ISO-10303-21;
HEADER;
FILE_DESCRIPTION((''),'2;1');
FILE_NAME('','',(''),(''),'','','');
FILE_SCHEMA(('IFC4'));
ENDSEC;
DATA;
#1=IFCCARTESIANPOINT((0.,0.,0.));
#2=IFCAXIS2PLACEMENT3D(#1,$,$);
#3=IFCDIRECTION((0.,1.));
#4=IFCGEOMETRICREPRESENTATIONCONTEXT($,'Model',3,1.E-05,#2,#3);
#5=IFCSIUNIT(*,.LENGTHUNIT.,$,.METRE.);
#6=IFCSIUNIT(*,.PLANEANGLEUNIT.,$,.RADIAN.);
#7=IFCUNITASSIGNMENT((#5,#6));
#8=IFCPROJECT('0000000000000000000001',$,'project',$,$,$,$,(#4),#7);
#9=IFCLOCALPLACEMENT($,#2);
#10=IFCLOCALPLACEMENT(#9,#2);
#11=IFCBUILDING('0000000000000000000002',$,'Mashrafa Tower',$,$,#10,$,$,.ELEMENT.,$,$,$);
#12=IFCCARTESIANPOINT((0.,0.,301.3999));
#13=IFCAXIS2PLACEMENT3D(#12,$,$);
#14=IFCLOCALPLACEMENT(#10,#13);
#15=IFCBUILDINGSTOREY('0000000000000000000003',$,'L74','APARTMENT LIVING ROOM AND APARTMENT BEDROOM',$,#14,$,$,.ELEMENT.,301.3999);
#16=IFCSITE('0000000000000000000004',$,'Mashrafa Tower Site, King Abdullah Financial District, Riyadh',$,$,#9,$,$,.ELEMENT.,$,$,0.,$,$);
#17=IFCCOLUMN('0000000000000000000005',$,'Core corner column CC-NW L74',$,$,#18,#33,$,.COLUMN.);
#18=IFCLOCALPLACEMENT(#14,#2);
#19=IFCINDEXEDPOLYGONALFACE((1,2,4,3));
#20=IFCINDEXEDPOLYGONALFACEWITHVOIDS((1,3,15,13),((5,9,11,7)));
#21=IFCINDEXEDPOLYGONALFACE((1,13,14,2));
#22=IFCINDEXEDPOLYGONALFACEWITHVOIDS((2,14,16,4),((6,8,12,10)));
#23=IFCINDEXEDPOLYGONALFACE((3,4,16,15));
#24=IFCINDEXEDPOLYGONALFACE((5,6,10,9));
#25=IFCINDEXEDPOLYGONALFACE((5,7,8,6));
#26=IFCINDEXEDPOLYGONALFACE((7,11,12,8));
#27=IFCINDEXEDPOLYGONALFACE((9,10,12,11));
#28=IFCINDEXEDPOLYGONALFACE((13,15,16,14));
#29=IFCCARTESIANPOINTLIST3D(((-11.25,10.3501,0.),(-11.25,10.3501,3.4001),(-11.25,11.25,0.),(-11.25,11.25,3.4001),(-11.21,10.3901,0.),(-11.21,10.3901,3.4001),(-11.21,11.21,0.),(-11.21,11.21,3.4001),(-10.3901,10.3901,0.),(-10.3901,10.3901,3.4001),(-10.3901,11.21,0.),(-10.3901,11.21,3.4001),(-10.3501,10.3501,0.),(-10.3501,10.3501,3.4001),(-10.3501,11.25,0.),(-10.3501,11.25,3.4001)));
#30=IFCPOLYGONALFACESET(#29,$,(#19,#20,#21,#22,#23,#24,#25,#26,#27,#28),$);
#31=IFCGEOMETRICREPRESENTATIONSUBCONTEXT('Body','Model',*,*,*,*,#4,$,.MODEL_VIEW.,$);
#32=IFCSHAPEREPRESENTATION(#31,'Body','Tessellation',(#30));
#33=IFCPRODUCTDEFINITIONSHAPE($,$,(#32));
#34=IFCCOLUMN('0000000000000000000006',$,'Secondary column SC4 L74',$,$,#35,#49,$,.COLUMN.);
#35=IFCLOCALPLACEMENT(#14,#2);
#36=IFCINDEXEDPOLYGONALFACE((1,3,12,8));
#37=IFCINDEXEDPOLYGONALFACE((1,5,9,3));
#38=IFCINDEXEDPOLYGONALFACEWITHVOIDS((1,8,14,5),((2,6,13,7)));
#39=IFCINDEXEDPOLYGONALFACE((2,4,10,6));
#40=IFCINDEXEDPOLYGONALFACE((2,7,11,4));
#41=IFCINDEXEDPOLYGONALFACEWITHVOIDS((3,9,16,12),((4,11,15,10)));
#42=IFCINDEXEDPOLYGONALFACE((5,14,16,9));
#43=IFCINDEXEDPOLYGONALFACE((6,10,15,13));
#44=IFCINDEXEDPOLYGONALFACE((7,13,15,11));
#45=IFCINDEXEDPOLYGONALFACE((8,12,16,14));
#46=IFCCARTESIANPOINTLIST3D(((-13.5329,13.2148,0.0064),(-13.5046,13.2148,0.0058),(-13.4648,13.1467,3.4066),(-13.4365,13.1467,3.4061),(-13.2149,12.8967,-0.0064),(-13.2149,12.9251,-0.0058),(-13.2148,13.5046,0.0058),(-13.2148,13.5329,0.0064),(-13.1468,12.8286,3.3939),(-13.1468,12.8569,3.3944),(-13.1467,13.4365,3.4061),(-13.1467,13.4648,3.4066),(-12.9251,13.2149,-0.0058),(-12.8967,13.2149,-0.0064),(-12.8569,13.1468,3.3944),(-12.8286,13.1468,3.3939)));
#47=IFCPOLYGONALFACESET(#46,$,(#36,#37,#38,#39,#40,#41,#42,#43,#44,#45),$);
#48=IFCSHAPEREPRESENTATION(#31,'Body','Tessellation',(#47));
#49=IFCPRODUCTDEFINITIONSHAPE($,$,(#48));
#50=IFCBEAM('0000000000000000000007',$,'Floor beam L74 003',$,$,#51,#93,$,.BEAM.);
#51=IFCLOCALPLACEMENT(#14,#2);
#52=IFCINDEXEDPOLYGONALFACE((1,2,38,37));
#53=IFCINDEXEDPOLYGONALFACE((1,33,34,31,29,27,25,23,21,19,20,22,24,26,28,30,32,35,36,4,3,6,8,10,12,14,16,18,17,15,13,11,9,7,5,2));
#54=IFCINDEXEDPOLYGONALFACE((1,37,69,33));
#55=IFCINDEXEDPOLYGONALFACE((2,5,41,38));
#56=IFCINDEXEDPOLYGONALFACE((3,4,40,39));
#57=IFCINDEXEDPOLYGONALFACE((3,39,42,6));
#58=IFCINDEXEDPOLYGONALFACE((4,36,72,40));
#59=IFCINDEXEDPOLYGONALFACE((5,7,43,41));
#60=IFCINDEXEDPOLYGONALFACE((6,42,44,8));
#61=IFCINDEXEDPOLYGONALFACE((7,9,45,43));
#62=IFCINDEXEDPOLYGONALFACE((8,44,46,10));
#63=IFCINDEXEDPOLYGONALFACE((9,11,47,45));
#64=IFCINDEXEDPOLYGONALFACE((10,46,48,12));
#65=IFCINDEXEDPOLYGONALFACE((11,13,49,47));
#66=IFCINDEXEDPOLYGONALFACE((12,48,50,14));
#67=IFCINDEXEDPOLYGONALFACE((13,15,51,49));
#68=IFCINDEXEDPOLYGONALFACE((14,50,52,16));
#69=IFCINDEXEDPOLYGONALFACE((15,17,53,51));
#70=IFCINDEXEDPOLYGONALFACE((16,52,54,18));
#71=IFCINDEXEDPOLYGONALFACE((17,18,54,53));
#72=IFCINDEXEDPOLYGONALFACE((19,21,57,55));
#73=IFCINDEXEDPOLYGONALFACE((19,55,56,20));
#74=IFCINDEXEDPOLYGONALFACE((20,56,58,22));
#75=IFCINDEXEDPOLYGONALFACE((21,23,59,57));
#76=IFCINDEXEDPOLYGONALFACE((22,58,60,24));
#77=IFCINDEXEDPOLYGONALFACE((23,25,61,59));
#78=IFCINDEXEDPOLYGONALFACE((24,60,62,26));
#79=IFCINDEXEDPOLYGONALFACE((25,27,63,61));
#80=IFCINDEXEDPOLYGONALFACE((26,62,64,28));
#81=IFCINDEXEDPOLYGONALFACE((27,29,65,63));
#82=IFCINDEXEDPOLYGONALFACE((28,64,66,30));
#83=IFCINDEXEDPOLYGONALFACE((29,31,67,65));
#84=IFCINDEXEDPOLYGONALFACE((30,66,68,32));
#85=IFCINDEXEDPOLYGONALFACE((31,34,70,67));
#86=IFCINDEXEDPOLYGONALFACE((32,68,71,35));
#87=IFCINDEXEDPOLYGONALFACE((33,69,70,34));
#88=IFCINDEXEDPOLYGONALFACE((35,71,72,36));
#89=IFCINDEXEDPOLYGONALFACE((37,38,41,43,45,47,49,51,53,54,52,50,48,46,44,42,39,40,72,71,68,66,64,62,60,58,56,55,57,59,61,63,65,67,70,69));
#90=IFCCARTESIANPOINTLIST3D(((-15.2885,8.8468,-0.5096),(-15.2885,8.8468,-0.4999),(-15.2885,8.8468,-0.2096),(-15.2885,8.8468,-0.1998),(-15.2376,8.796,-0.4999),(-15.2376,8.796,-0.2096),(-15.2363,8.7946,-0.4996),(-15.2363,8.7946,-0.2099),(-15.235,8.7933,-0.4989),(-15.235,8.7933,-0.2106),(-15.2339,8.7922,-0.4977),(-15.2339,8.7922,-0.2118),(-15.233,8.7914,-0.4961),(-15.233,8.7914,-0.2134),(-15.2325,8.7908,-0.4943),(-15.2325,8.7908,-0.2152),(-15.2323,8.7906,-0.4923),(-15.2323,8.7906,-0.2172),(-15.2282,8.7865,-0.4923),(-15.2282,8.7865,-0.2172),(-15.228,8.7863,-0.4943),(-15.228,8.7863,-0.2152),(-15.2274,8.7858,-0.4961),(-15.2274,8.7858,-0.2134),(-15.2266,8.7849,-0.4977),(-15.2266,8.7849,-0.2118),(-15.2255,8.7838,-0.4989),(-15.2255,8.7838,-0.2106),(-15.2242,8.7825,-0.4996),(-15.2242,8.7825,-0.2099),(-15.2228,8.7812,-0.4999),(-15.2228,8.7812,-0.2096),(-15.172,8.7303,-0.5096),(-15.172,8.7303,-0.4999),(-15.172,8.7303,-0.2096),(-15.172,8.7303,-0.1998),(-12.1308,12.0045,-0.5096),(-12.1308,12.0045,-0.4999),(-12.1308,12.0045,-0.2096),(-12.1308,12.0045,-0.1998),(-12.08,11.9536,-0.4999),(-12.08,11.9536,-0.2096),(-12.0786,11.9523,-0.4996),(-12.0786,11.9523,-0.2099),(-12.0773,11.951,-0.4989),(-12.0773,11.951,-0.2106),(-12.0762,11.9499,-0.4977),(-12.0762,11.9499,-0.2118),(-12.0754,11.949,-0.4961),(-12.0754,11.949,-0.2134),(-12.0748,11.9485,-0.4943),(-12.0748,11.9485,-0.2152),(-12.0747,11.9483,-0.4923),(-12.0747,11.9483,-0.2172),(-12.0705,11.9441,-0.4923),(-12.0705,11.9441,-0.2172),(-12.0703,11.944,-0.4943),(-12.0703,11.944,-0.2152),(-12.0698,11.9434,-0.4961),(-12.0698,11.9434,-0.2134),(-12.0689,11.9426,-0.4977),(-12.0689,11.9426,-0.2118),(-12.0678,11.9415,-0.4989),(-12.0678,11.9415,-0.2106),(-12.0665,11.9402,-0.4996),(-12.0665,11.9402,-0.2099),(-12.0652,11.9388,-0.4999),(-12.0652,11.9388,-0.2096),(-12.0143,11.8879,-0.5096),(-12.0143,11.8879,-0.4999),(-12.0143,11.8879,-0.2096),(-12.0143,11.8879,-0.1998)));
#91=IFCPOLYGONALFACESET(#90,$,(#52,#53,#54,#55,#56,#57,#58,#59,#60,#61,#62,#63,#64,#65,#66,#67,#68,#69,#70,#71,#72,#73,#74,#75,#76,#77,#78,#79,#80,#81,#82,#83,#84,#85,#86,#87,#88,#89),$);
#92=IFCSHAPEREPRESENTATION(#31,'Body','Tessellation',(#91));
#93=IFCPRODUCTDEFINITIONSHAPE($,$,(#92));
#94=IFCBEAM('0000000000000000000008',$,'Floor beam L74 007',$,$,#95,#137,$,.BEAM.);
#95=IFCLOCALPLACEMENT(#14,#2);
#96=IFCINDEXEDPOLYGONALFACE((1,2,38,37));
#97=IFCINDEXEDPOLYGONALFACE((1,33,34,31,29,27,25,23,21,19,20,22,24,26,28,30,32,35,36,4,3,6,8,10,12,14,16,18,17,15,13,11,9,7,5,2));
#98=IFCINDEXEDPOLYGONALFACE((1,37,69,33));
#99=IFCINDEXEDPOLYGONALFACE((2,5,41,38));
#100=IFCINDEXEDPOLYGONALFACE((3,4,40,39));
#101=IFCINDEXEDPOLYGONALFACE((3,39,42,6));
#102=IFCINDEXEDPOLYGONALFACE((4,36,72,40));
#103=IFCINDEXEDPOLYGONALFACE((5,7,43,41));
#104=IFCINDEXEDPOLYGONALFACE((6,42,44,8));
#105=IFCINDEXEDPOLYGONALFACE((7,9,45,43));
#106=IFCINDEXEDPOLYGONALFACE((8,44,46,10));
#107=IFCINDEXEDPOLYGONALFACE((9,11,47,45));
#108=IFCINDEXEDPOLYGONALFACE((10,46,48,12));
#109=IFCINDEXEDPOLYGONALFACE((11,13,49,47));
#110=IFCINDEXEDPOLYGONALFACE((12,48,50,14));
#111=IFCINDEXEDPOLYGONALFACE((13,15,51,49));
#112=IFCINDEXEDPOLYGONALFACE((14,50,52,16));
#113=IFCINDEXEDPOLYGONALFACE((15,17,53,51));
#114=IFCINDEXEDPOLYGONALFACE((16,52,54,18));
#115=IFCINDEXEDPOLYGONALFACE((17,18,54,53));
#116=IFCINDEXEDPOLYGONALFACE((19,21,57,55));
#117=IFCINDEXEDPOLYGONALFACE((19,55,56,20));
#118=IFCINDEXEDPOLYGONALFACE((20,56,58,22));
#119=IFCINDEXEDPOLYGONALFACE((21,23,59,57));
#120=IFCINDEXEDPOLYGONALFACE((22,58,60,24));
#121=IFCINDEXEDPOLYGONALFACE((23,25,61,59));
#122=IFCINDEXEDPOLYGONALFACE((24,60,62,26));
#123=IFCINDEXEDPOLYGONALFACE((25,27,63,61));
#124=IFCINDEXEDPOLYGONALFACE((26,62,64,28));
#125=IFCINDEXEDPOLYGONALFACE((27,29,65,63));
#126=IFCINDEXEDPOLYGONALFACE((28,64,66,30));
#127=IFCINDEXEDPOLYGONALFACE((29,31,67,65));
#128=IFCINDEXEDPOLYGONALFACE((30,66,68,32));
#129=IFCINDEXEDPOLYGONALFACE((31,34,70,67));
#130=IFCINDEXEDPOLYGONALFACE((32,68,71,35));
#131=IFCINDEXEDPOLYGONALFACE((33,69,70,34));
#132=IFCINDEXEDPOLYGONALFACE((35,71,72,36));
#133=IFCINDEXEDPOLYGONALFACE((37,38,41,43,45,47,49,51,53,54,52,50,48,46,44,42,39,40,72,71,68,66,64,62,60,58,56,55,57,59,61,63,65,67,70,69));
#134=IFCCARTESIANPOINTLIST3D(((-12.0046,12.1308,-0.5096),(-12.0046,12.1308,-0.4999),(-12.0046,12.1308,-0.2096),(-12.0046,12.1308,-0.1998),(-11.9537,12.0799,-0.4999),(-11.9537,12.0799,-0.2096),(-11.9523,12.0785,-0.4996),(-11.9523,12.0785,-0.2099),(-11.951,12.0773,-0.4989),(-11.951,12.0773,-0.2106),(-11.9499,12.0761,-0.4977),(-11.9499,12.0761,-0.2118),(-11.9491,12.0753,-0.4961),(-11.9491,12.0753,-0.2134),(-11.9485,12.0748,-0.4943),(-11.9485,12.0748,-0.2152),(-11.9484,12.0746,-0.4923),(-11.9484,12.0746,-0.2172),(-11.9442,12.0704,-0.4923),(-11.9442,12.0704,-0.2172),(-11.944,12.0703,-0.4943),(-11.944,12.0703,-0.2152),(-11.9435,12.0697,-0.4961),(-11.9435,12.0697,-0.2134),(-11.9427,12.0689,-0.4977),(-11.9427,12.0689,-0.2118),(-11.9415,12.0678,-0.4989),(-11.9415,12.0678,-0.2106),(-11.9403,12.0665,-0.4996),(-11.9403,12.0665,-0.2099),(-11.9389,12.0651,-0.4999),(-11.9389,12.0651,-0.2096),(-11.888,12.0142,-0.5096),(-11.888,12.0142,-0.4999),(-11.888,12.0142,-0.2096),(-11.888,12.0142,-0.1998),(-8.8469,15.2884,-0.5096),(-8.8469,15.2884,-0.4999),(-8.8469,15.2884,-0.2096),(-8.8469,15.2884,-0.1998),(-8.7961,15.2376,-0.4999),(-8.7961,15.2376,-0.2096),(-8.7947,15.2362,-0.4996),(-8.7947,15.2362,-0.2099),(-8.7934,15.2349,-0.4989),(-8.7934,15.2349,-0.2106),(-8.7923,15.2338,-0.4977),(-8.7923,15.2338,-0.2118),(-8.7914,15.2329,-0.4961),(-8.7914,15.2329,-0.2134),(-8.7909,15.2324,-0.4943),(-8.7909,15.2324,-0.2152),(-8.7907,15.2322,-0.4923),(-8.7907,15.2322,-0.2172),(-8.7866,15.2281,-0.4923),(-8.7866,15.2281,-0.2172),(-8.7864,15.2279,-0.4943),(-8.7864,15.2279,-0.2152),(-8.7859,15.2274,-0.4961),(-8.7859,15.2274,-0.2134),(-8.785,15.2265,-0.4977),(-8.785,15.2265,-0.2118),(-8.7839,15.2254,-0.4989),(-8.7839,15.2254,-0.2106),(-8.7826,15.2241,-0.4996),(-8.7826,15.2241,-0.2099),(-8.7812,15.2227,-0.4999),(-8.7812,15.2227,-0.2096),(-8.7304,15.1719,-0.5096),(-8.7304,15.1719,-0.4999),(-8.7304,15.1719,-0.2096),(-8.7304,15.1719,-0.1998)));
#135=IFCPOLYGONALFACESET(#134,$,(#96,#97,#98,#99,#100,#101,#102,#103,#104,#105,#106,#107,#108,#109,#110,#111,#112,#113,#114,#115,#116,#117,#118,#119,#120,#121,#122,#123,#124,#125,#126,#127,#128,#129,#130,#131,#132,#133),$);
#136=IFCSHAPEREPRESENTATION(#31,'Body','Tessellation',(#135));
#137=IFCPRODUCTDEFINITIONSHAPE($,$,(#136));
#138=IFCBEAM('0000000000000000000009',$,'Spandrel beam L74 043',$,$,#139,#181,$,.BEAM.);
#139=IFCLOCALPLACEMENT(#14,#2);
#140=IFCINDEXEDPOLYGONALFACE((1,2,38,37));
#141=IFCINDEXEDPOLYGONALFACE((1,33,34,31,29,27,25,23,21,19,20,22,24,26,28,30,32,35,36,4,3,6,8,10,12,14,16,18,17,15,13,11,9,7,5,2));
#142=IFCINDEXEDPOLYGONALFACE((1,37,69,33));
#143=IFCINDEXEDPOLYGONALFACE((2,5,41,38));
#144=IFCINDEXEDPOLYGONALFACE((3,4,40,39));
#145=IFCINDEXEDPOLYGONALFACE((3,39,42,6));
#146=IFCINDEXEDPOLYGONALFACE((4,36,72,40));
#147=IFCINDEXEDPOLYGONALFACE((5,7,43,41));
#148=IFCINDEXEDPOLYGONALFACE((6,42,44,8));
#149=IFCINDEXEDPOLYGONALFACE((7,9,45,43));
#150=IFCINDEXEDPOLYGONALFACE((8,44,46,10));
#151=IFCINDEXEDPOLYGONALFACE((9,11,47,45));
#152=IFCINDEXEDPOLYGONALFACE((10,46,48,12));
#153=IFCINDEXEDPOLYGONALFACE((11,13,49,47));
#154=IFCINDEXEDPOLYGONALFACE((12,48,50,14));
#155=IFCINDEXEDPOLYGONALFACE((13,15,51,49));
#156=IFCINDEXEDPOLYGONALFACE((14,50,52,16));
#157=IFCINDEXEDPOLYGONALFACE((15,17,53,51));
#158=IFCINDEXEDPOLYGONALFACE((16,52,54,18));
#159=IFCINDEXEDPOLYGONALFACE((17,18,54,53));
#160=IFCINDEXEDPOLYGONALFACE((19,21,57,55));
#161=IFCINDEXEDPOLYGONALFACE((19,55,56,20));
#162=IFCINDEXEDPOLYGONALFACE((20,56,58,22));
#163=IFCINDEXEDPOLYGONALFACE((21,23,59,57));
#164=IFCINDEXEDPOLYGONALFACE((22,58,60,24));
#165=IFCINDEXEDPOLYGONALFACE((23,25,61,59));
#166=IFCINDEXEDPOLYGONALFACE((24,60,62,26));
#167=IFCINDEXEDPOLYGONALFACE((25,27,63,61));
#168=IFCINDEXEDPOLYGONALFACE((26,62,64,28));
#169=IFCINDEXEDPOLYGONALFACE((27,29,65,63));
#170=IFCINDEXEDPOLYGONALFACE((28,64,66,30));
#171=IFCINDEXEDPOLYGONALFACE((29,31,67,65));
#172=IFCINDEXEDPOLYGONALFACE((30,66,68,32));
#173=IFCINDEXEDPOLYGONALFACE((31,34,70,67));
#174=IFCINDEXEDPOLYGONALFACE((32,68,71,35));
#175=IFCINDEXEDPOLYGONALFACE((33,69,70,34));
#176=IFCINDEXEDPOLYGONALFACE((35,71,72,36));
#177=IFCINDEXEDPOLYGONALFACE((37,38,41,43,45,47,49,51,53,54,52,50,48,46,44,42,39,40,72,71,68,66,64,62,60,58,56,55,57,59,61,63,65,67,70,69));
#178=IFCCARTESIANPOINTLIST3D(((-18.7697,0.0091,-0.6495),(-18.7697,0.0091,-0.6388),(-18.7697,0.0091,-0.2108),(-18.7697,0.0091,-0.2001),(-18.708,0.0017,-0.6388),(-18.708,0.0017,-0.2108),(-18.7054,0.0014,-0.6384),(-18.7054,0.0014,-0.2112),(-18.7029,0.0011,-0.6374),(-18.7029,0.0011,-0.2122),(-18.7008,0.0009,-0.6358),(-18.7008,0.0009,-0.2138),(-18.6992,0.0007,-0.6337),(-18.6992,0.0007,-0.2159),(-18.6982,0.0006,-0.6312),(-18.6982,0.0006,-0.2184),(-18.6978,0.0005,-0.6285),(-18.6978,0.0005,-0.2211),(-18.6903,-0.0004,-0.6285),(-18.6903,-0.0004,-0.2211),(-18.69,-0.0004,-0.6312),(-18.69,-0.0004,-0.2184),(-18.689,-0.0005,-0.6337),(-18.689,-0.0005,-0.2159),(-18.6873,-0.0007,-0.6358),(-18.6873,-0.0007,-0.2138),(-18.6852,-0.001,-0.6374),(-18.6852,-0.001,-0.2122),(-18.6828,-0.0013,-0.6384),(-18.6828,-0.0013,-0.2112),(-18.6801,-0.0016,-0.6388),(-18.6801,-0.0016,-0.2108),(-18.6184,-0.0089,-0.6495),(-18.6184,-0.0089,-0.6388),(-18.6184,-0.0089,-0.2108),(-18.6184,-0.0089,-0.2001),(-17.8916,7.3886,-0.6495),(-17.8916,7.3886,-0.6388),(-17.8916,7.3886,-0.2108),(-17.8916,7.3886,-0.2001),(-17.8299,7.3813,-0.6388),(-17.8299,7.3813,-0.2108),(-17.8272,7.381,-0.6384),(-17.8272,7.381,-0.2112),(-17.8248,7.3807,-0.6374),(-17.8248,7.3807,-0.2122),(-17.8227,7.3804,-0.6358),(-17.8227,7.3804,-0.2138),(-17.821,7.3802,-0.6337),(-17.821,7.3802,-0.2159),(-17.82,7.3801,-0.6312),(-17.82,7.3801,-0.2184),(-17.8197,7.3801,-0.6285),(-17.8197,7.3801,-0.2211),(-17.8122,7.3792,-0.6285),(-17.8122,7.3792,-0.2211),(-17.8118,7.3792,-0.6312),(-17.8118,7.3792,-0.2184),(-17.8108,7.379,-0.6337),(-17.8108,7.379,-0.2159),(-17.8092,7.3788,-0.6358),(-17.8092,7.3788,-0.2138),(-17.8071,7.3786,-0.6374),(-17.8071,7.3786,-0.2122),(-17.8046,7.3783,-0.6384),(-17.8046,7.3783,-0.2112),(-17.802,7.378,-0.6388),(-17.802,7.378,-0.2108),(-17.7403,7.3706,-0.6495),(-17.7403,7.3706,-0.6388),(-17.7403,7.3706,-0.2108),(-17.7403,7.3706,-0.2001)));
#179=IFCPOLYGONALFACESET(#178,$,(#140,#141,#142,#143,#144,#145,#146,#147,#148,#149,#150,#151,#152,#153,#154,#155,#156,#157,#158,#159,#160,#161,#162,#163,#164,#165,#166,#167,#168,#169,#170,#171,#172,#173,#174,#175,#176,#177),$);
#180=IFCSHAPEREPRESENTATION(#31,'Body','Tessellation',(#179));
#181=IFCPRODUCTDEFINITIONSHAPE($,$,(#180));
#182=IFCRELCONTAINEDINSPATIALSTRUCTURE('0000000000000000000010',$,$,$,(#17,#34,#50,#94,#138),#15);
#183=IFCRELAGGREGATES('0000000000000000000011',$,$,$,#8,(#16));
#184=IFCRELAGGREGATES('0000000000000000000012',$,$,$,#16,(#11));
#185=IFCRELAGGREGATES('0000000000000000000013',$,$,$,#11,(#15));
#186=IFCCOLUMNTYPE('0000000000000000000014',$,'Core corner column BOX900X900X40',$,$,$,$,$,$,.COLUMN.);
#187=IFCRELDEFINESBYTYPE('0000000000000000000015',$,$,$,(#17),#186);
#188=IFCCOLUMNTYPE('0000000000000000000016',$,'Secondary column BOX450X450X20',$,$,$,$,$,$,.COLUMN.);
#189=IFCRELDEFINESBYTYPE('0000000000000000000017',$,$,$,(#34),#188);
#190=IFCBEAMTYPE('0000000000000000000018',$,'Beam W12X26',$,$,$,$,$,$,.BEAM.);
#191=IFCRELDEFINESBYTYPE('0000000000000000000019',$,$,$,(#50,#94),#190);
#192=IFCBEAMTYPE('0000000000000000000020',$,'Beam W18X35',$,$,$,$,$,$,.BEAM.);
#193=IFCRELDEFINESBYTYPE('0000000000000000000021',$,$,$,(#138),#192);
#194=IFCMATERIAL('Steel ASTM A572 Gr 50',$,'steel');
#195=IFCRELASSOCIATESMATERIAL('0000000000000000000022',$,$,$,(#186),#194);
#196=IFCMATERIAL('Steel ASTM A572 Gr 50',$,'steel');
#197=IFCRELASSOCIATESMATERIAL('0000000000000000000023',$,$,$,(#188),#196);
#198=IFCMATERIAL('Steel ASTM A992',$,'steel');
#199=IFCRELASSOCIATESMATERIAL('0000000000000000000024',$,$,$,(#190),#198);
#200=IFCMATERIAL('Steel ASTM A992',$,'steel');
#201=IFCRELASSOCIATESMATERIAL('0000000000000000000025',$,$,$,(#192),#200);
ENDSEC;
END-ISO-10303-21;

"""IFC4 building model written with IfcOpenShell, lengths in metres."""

from ifc_helpers import new_model, si_unit, direction, frame, origin, origin_2d, place, context, subcontext, project, spatial, hollow_rectangle, i_section, extrude, material, material_profile, profile_set, type_object, element, save


model = new_model("IFC4")

# Units and contexts
model_context = context("Model", 3, precision=1e-05, world=origin(), true_north=direction((0.0, 1.0)))
body_context = subcontext(model_context, "Body", "Model", "MODEL_VIEW")
ifc_project = project(units=[si_unit("LENGTHUNIT", "METRE"), si_unit("PLANEANGLEUNIT", "RADIAN")], contexts=[model_context])

# Site, building, storey
site_placement = place(None, origin())
site = spatial("IfcSite", under=ifc_project, at=site_placement, Name="Mashrafa Tower Site, King Abdullah Financial District, Riyadh", CompositionType="ELEMENT", RefElevation=0.0)
building_placement = place(site_placement, origin())
building = spatial("IfcBuilding", under=site, at=building_placement, Name="Mashrafa Tower", CompositionType="ELEMENT")
storey_placement = place(building_placement, frame((0.0, 0.0, 301.3999)))
storey = spatial("IfcBuildingStorey", under=building, at=storey_placement, Name="L74", Description="APARTMENT LIVING ROOM AND APARTMENT BEDROOM", CompositionType="ELEMENT", Elevation=301.3999)

# Columns
ifc_material_1 = material(Name="Steel ASTM A572 Gr 50", Category="steel")
ifc_material_profile_1 = material_profile(ifc_material_1, hollow_rectangle(XDim=0.8999, YDim=0.8999, WallThickness=0.04, at=origin_2d()), Name="BOX900X900X40")
ifc_profile_set_1 = profile_set([ifc_material_profile_1], Name="Steel ASTM A572 Gr 50")
column_type_1 = type_object("IfcColumnType", Name="Core corner column BOX900X900X40", PredefinedType="COLUMN", material=ifc_profile_set_1)
column_1_placement = place(storey_placement, frame((-10.8, 10.8, 0.0), z_axis=(0.0, 0.0, 1.0), x_axis=(1.0, 0.0, 0.0)))
element("IfcColumn", 1, at=column_1_placement, inside=storey, type_object=column_type_1, Name="Core corner column CC-NW L74", PredefinedType="COLUMN", context=body_context, shape_type="SweptSolid", body=[
    extrude(hollow_rectangle(XDim=0.8999, YDim=0.8999, WallThickness=0.04, at=origin_2d()), origin(), (0.0, 0.0, 1.0), 3.4001),
])
ifc_material_2 = material(Name="Steel ASTM A572 Gr 50", Category="steel")
ifc_material_profile_2 = material_profile(ifc_material_2, hollow_rectangle(XDim=0.45, YDim=0.45, WallThickness=0.02, at=origin_2d()), Name="BOX450X450X20")
ifc_profile_set_2 = profile_set([ifc_material_profile_2], Name="Steel ASTM A572 Gr 50")
column_type_2 = type_object("IfcColumnType", Name="Secondary column BOX450X450X20", PredefinedType="COLUMN", material=ifc_profile_set_2)
column_2_placement = place(storey_placement, frame((-13.2148, 13.2148, 0.0), z_axis=(0.020025, -0.020025, 0.999599), x_axis=(0.707107, 0.707107, 0.0)))
element("IfcColumn", 2, at=column_2_placement, inside=storey, type_object=column_type_2, Name="Secondary column SC4 L74", PredefinedType="COLUMN", context=body_context, shape_type="SweptSolid", body=[
    extrude(hollow_rectangle(XDim=0.45, YDim=0.45, WallThickness=0.02, at=origin_2d()), origin(), (0.0, 0.0, 1.0), 3.4016),
])

# Beams
ifc_material_3 = material(Name="Steel ASTM A992", Category="steel")
ifc_material_profile_3 = material_profile(ifc_material_3, i_section(OverallWidth=0.1648, OverallDepth=0.3098, WebThickness=0.0059, FlangeThickness=0.0098, FilletRadius=0.0076, at=origin_2d()), Name="W12X26")
ifc_profile_set_3 = profile_set([ifc_material_profile_3], Name="Steel ASTM A992")
beam_type_1 = type_object("IfcBeamType", Name="Beam W12X26", PredefinedType="BEAM", material=ifc_profile_set_3)
for number, where, z_axis, x_axis, name in (
    (3, (-15.2302, 8.7886, -0.3547), (0.707107, 0.707107, 0.0), (-0.707107, 0.707107, 0.0), "Floor beam L74 003"),
    (4, (-11.9463, 12.0725, -0.3547), (0.707107, 0.707107, 0.0), (-0.707107, 0.707107, 0.0), "Floor beam L74 007"),
):
    element("IfcBeam", number, at=place(storey_placement, frame(where, z_axis=z_axis, x_axis=x_axis)), inside=storey, type_object=beam_type_1, Name=name, PredefinedType="BEAM", context=body_context, shape_type="SweptSolid", body=[
        extrude(i_section(OverallWidth=0.1648, OverallDepth=0.3098, WebThickness=0.0059, FlangeThickness=0.0098, FilletRadius=0.0076, at=origin_2d()), origin(), (0.0, 0.0, 1.0), 4.4656),
    ])
ifc_material_4 = material(Name="Steel ASTM A992", Category="steel")
ifc_material_profile_4 = material_profile(ifc_material_4, i_section(OverallWidth=0.1523, OverallDepth=0.4495, WebThickness=0.0076, FlangeThickness=0.0107, FilletRadius=0.0103, at=origin_2d()), Name="W18X35")
ifc_profile_set_4 = profile_set([ifc_material_profile_4], Name="Steel ASTM A992")
beam_type_2 = type_object("IfcBeamType", Name="Beam W18X35", PredefinedType="BEAM", material=ifc_profile_set_4)
for number, where, z_axis, x_axis, name in (
    (5, (-17.8159, 7.3796, -0.4248), (-0.118166, -0.992994, 0.0), (0.992994, -0.118166, 0.0), "Spandrel beam L74 043"),
):
    element("IfcBeam", number, at=place(storey_placement, frame(where, z_axis=z_axis, x_axis=x_axis)), inside=storey, type_object=beam_type_2, Name=name, PredefinedType="BEAM", context=body_context, shape_type="SweptSolid", body=[
        extrude(i_section(OverallWidth=0.1523, OverallDepth=0.4495, WebThickness=0.0076, FlangeThickness=0.0107, FilletRadius=0.0103, at=origin_2d()), origin(), (0.0, 0.0, 1.0), 7.4316),
    ])

save(model, "model.ifc")
